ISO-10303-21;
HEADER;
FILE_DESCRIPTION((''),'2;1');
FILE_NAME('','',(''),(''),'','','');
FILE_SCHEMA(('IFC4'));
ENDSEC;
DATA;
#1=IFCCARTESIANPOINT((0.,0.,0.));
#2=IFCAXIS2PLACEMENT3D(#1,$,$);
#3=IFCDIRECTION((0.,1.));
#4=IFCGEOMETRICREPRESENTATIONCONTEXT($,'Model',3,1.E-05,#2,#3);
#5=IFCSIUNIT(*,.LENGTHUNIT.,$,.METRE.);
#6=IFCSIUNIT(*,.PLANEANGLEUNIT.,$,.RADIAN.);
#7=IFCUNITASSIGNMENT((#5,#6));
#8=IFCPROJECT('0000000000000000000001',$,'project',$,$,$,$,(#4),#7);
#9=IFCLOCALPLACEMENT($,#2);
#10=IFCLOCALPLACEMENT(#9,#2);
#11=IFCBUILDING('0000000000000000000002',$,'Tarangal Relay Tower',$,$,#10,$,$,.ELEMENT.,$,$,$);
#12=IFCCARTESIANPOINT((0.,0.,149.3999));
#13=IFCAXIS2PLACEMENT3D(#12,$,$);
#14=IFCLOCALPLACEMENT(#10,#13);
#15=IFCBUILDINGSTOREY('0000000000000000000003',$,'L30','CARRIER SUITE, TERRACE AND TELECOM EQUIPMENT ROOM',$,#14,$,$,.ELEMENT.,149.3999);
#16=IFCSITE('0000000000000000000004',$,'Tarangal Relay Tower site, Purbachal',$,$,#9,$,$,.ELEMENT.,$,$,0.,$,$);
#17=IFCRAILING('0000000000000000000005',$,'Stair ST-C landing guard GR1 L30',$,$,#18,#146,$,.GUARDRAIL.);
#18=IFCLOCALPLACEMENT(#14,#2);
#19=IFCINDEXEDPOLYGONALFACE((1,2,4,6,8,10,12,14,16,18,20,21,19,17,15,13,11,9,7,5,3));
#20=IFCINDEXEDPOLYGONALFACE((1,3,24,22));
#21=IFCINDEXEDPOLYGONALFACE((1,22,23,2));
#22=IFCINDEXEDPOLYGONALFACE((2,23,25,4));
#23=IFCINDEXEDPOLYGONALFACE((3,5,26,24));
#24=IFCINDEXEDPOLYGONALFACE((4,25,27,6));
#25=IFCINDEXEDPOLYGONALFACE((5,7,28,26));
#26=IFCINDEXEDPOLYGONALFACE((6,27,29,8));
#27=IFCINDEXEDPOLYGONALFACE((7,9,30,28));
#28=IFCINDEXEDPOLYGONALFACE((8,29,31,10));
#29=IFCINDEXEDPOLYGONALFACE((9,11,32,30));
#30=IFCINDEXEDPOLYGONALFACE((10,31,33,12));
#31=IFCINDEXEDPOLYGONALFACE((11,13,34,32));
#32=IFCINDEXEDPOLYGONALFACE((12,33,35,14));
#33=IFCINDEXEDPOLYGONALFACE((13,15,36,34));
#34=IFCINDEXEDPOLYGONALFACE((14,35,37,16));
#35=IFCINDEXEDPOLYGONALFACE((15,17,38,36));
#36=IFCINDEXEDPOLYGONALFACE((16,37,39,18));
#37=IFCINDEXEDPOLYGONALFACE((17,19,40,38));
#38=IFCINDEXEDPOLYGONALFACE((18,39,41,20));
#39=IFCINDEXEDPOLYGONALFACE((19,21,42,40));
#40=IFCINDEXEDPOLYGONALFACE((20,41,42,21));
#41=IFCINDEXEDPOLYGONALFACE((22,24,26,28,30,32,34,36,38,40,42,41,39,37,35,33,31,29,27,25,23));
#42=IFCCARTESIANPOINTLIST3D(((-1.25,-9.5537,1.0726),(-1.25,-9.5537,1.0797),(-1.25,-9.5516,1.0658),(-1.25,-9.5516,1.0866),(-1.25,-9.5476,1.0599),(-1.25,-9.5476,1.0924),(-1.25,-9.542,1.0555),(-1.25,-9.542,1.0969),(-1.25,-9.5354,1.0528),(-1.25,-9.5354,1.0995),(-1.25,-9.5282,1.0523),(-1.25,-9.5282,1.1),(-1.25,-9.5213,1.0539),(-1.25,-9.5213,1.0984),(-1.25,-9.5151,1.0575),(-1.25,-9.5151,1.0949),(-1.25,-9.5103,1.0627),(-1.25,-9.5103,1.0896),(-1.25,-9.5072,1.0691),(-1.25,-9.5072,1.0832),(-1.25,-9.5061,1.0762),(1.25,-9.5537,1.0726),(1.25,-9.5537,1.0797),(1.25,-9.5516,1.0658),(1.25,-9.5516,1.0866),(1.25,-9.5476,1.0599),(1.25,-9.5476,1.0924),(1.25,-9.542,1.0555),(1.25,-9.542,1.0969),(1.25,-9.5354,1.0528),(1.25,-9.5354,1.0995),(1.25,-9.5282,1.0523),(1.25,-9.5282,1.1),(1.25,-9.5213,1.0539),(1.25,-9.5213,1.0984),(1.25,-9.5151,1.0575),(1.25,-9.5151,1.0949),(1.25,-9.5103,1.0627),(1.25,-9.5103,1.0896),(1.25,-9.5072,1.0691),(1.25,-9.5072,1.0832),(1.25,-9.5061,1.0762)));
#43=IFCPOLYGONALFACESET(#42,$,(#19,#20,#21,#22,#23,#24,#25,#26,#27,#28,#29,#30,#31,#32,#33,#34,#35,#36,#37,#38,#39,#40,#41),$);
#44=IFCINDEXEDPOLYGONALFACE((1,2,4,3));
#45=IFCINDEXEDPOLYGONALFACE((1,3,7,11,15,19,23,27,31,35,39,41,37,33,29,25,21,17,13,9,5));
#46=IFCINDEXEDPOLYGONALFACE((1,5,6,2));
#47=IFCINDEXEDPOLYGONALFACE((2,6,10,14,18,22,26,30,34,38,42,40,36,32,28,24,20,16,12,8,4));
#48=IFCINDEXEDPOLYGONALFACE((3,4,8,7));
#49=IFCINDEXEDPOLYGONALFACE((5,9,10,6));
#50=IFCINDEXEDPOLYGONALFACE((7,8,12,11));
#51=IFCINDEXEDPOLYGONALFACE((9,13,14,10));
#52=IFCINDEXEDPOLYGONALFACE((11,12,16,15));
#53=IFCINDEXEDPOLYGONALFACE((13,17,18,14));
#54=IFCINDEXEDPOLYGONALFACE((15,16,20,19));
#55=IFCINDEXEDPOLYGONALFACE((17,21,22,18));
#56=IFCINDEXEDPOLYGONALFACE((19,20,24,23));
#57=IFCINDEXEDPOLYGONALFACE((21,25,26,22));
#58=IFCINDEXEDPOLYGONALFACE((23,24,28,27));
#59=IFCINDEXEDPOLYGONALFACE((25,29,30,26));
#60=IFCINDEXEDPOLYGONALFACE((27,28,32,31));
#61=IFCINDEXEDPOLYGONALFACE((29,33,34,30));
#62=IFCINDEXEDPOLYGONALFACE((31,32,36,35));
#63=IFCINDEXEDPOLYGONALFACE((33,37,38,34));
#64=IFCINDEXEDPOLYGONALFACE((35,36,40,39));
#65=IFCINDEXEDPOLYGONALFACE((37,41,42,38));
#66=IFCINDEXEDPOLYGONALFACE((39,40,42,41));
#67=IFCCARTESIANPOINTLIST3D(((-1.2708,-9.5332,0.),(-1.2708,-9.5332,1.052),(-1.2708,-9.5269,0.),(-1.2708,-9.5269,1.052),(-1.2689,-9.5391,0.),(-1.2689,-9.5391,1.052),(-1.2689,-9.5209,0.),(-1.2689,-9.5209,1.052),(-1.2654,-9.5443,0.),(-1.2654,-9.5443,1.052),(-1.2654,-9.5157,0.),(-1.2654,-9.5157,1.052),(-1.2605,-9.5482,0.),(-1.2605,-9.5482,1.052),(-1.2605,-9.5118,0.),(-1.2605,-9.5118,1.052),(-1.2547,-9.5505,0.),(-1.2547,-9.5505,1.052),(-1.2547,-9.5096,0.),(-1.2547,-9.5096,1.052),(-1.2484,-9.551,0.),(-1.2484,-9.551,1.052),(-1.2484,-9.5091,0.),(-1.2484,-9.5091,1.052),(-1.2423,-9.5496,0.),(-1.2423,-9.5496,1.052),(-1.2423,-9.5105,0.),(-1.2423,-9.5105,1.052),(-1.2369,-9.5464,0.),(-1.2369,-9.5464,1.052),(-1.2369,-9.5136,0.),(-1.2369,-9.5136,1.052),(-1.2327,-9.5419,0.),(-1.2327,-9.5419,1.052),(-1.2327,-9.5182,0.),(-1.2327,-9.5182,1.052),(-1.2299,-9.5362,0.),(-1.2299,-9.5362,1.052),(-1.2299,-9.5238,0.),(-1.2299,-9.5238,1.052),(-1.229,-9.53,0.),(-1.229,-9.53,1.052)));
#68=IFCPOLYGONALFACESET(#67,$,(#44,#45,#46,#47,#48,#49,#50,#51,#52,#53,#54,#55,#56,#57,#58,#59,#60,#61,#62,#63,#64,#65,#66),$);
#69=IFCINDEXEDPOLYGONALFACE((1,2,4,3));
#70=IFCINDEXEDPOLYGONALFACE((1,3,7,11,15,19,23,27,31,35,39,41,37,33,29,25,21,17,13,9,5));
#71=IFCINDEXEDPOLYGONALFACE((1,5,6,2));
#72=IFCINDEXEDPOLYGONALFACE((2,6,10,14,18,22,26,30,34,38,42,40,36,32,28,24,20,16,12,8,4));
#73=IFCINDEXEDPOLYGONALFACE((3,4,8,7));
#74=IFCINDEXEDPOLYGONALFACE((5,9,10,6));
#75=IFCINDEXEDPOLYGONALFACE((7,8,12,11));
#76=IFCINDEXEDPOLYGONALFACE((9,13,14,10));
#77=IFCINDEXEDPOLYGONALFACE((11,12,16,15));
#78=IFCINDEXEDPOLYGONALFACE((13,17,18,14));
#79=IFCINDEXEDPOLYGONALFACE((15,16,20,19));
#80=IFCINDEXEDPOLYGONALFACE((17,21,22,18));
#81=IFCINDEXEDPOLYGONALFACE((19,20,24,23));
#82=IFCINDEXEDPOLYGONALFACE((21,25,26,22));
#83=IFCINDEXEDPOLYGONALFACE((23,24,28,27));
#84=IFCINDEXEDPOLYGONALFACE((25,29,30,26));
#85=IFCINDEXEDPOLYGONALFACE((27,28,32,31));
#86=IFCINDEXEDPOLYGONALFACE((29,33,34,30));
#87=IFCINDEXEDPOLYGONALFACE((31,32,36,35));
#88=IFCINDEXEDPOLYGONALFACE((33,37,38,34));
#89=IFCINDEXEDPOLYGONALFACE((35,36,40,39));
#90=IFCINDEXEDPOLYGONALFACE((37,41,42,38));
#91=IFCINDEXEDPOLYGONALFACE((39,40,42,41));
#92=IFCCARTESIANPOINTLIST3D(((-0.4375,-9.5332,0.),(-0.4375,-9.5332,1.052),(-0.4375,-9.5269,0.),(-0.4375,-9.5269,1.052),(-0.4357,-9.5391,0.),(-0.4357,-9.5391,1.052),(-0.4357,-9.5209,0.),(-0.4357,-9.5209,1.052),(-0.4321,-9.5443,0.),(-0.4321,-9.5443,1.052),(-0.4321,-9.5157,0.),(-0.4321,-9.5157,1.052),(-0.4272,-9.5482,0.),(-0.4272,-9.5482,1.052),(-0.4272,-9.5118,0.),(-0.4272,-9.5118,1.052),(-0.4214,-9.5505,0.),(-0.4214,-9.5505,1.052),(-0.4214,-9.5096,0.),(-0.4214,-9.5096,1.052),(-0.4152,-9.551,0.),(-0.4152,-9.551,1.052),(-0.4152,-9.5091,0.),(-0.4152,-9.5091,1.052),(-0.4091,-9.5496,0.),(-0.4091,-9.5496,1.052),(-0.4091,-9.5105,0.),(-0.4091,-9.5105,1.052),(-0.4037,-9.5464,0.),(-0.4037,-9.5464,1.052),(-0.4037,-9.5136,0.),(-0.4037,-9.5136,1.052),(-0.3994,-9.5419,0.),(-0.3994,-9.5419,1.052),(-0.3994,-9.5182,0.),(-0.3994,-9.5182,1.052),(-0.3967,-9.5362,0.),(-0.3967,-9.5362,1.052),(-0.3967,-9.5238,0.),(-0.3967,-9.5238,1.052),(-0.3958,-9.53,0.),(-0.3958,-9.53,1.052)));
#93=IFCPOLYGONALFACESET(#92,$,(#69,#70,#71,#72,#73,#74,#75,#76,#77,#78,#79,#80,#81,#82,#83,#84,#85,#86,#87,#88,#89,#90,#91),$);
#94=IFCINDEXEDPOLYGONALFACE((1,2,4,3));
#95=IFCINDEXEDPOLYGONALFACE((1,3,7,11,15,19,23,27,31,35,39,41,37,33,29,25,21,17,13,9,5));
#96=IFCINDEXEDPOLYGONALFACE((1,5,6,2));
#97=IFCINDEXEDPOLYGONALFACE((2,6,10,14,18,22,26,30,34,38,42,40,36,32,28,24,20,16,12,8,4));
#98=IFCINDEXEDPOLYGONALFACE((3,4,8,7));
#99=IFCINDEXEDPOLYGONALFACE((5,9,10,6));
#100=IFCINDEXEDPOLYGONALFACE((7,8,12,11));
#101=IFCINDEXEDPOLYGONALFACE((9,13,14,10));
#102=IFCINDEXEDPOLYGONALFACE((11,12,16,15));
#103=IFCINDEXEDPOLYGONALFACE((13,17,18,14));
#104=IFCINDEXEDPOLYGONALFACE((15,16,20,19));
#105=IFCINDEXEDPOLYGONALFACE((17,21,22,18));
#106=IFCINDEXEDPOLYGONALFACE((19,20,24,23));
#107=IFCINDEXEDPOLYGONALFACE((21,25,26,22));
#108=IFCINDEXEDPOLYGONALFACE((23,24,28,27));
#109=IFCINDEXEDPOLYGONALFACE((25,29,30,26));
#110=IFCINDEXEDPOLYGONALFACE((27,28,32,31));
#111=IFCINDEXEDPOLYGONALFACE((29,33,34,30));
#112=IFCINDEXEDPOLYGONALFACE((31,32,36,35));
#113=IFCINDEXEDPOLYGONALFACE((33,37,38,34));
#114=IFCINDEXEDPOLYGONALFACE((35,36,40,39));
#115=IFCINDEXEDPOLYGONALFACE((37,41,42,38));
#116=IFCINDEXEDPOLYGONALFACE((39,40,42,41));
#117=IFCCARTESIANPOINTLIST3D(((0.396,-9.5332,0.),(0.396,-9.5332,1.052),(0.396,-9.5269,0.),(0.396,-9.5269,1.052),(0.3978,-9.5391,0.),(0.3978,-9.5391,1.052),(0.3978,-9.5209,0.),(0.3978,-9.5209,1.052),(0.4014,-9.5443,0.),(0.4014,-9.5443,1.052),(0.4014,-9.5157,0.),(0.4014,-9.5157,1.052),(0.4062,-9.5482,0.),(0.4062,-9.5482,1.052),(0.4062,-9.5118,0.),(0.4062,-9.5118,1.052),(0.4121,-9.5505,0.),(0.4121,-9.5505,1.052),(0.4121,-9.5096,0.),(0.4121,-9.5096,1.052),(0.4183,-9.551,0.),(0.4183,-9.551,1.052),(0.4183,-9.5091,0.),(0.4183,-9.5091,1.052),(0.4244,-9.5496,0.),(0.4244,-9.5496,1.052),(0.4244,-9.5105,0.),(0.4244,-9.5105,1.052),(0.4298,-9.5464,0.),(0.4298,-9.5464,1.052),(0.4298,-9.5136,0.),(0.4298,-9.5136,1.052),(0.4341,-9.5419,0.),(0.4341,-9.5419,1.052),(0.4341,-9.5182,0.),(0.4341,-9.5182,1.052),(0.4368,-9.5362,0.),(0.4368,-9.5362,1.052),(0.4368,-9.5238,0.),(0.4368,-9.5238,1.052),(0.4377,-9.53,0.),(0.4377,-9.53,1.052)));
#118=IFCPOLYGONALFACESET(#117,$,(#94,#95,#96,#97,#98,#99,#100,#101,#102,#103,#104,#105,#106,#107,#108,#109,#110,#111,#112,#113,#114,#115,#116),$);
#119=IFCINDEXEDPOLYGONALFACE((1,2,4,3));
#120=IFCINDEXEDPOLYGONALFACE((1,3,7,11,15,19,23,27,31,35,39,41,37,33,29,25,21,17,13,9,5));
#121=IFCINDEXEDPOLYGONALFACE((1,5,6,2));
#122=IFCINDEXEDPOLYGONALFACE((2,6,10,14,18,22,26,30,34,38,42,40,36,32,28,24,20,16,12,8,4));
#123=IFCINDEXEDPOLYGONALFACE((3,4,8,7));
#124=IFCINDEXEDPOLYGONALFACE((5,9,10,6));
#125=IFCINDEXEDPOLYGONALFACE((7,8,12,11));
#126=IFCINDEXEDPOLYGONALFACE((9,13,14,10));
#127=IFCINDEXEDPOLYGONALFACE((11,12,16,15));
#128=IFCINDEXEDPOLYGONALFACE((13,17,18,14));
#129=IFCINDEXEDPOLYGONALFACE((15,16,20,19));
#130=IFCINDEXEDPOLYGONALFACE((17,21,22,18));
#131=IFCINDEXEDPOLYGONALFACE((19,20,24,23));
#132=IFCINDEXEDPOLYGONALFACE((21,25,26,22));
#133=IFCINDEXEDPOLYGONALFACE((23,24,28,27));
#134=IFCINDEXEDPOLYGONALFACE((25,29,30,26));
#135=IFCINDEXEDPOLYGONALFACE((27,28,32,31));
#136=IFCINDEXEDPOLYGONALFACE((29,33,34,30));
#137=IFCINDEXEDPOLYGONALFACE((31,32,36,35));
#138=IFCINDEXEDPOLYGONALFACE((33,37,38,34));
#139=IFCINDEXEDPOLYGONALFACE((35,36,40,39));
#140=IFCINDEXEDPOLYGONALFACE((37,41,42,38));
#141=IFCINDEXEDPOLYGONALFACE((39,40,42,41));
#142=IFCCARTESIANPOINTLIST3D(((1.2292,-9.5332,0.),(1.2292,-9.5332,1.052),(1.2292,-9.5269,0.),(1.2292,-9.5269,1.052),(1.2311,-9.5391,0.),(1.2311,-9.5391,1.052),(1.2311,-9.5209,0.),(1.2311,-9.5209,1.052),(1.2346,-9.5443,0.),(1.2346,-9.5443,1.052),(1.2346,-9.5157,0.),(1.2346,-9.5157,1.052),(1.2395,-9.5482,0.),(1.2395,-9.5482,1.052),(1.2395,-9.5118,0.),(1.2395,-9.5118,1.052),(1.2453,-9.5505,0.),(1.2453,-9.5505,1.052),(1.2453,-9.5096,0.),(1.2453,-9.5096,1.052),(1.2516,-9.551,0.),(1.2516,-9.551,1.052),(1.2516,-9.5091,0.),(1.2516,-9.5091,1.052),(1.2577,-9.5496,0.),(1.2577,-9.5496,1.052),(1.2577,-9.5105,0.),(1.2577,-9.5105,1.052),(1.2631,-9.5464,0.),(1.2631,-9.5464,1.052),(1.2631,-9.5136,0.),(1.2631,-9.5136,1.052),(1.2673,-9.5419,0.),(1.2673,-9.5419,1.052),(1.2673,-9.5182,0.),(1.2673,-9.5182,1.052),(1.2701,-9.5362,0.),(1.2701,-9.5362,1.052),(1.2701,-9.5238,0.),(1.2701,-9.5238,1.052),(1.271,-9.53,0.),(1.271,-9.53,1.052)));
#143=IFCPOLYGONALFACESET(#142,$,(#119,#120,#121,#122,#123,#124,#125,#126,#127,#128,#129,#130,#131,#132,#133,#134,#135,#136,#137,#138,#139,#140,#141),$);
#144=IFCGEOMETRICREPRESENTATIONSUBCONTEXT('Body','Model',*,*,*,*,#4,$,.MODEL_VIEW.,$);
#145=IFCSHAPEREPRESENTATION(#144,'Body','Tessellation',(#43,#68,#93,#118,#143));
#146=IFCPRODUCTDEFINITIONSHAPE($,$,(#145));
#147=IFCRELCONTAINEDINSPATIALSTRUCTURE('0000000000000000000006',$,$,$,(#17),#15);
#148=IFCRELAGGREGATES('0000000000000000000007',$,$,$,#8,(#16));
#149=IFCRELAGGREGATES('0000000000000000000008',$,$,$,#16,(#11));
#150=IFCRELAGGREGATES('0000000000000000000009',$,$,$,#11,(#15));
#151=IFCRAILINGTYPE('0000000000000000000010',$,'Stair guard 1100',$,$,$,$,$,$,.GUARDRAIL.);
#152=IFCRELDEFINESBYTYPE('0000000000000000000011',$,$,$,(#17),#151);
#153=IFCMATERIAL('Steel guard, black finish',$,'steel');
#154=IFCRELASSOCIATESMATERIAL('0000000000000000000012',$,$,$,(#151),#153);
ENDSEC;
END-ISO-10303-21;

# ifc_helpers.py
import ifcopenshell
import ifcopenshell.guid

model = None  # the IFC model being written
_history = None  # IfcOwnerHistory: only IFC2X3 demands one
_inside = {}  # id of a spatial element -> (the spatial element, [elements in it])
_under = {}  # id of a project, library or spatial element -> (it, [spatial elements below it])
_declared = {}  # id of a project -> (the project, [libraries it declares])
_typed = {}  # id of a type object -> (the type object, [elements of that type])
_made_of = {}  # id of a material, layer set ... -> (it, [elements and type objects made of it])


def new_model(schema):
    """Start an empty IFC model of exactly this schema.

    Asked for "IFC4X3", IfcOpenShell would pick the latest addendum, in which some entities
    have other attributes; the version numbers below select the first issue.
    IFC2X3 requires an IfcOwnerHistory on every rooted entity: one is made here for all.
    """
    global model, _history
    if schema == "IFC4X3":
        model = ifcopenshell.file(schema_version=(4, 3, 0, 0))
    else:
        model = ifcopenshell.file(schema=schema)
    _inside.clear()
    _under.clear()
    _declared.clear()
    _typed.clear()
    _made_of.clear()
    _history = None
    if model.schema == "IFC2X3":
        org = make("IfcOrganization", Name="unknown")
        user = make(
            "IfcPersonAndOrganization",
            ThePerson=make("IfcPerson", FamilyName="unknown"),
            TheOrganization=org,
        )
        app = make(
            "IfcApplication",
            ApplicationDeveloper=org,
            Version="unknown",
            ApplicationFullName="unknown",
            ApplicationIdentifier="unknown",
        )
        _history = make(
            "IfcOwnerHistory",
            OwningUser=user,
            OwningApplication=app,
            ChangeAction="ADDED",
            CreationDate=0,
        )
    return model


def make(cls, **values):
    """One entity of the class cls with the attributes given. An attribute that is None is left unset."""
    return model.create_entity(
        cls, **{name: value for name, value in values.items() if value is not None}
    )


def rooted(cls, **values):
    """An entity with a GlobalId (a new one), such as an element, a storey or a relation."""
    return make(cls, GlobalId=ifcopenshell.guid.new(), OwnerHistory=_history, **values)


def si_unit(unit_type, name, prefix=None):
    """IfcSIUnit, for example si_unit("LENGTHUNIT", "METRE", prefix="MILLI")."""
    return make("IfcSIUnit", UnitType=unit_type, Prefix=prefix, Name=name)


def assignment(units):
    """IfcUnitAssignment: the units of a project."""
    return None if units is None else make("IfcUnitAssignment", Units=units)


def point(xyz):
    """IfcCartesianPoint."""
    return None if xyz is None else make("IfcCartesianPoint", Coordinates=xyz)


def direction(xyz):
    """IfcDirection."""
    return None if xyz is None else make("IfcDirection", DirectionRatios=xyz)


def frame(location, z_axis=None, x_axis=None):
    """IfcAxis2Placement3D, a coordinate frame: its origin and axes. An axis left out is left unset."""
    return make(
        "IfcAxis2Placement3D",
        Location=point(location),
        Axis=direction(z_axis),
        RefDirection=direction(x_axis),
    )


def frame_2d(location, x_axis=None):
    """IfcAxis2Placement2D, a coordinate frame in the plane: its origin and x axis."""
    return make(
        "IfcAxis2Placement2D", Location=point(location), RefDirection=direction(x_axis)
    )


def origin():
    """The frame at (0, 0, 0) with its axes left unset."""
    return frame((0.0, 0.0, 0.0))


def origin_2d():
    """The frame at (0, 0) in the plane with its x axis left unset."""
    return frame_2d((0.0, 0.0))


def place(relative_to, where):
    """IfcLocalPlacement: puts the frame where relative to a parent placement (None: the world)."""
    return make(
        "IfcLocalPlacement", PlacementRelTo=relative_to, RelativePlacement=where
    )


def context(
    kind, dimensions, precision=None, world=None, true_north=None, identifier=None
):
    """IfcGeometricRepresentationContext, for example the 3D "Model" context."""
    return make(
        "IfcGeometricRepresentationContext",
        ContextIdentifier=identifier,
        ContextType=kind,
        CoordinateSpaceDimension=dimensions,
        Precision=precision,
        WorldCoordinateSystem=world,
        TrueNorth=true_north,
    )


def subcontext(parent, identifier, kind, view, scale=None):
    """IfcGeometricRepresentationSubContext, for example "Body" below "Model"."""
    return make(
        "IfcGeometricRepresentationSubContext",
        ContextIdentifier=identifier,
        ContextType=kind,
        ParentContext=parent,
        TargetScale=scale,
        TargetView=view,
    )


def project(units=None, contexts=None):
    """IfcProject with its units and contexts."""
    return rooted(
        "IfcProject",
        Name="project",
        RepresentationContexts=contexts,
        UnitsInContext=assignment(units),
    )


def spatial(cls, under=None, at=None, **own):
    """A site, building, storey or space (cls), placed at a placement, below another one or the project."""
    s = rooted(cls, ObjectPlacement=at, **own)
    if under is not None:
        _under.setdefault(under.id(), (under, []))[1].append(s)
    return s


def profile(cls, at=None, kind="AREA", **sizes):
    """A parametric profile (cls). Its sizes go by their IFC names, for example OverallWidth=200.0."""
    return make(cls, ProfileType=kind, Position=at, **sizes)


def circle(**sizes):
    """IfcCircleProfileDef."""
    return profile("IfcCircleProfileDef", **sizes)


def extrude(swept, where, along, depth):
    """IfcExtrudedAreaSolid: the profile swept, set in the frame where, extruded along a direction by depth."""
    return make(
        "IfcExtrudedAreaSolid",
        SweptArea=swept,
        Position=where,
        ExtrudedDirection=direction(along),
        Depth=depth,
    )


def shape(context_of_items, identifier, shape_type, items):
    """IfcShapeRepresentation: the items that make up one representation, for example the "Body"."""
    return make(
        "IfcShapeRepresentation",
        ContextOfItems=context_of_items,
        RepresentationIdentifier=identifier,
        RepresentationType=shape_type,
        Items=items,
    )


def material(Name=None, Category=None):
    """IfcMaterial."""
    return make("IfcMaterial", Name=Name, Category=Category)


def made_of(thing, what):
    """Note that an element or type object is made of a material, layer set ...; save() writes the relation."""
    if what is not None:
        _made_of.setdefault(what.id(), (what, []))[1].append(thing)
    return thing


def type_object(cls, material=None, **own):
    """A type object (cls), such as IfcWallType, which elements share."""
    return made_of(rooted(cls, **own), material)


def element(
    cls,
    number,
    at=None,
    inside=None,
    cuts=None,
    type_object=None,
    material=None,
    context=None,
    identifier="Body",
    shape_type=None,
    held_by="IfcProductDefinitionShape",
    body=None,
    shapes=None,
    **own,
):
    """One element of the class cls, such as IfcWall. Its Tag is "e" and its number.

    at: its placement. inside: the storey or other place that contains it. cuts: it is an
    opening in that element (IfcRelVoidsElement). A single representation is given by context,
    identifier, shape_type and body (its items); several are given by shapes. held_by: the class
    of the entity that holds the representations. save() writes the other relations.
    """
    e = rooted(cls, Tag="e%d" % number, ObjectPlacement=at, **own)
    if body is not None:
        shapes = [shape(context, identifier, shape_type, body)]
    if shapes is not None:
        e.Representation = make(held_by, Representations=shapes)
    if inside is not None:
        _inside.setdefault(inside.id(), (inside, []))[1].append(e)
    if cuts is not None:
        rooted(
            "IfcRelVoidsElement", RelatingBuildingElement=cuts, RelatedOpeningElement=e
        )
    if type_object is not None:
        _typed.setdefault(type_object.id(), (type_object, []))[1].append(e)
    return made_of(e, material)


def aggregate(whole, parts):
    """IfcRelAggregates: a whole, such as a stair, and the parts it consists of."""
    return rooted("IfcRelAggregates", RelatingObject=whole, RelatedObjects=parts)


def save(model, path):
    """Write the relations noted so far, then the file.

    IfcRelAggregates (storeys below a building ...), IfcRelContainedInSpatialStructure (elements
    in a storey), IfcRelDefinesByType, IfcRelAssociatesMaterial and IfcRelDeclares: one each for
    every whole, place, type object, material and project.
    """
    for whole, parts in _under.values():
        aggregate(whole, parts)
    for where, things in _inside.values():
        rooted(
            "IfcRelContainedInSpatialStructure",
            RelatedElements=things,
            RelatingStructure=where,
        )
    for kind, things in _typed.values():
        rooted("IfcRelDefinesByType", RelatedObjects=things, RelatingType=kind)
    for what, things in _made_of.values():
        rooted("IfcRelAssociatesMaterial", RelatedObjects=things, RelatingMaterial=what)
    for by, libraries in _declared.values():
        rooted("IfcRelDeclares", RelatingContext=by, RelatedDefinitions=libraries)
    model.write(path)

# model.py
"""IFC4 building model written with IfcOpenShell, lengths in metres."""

from ifc_helpers import new_model, si_unit, direction, frame, origin, origin_2d, place, context, subcontext, project, spatial, circle, extrude, material, type_object, element, save


model = new_model("IFC4")

# Units and contexts
model_context = context("Model", 3, precision=1e-05, world=origin(), true_north=direction((0.0, 1.0)))
body_context = subcontext(model_context, "Body", "Model", "MODEL_VIEW")
ifc_project = project(units=[si_unit("LENGTHUNIT", "METRE"), si_unit("PLANEANGLEUNIT", "RADIAN")], contexts=[model_context])

# Site, building, storey
site_placement = place(None, origin())
site = spatial("IfcSite", under=ifc_project, at=site_placement, Name="Tarangal Relay Tower site, Purbachal", CompositionType="ELEMENT", RefElevation=0.0)
building_placement = place(site_placement, origin())
building = spatial("IfcBuilding", under=site, at=building_placement, Name="Tarangal Relay Tower", CompositionType="ELEMENT")
storey_placement = place(building_placement, frame((0.0, 0.0, 149.3999)))
storey = spatial("IfcBuildingStorey", under=building, at=storey_placement, Name="L30", Description="CARRIER SUITE, TERRACE AND TELECOM EQUIPMENT ROOM", CompositionType="ELEMENT", Elevation=149.3999)

# Railing
ifc_material_1 = material(Name="Steel guard, black finish", Category="steel")
railing_type_1 = type_object("IfcRailingType", Name="Stair guard 1100", PredefinedType="GUARDRAIL", material=ifc_material_1)
for number, where, name in (
    (1, (-1.25, -9.53, 0.0), "Stair ST-C landing guard GR1 L30"),
):
    element("IfcRailing", number, at=place(storey_placement, frame(where)), inside=storey, type_object=railing_type_1, Name=name, PredefinedType="GUARDRAIL", context=body_context, shape_type="SweptSolid", body=[
        extrude(circle(Radius=0.0239, at=origin_2d()), frame((0.0, 0.0, 1.0762), z_axis=(1.0, 0.0, 0.0), x_axis=(0.0, 1.0, 0.0)), (0.0, 0.0, 1.0), 2.5),
        extrude(circle(Radius=0.021, at=origin_2d()), origin(), (0.0, 0.0, 1.0), 1.052),
        extrude(circle(Radius=0.021, at=origin_2d()), frame((0.8333, 0.0, 0.0)), (0.0, 0.0, 1.0), 1.052),
        extrude(circle(Radius=0.021, at=origin_2d()), frame((1.6667, 0.0, 0.0)), (0.0, 0.0, 1.0), 1.052),
        extrude(circle(Radius=0.021, at=origin_2d()), frame((2.5, 0.0, 0.0)), (0.0, 0.0, 1.0), 1.052),
    ])

save(model, "model.ifc")
